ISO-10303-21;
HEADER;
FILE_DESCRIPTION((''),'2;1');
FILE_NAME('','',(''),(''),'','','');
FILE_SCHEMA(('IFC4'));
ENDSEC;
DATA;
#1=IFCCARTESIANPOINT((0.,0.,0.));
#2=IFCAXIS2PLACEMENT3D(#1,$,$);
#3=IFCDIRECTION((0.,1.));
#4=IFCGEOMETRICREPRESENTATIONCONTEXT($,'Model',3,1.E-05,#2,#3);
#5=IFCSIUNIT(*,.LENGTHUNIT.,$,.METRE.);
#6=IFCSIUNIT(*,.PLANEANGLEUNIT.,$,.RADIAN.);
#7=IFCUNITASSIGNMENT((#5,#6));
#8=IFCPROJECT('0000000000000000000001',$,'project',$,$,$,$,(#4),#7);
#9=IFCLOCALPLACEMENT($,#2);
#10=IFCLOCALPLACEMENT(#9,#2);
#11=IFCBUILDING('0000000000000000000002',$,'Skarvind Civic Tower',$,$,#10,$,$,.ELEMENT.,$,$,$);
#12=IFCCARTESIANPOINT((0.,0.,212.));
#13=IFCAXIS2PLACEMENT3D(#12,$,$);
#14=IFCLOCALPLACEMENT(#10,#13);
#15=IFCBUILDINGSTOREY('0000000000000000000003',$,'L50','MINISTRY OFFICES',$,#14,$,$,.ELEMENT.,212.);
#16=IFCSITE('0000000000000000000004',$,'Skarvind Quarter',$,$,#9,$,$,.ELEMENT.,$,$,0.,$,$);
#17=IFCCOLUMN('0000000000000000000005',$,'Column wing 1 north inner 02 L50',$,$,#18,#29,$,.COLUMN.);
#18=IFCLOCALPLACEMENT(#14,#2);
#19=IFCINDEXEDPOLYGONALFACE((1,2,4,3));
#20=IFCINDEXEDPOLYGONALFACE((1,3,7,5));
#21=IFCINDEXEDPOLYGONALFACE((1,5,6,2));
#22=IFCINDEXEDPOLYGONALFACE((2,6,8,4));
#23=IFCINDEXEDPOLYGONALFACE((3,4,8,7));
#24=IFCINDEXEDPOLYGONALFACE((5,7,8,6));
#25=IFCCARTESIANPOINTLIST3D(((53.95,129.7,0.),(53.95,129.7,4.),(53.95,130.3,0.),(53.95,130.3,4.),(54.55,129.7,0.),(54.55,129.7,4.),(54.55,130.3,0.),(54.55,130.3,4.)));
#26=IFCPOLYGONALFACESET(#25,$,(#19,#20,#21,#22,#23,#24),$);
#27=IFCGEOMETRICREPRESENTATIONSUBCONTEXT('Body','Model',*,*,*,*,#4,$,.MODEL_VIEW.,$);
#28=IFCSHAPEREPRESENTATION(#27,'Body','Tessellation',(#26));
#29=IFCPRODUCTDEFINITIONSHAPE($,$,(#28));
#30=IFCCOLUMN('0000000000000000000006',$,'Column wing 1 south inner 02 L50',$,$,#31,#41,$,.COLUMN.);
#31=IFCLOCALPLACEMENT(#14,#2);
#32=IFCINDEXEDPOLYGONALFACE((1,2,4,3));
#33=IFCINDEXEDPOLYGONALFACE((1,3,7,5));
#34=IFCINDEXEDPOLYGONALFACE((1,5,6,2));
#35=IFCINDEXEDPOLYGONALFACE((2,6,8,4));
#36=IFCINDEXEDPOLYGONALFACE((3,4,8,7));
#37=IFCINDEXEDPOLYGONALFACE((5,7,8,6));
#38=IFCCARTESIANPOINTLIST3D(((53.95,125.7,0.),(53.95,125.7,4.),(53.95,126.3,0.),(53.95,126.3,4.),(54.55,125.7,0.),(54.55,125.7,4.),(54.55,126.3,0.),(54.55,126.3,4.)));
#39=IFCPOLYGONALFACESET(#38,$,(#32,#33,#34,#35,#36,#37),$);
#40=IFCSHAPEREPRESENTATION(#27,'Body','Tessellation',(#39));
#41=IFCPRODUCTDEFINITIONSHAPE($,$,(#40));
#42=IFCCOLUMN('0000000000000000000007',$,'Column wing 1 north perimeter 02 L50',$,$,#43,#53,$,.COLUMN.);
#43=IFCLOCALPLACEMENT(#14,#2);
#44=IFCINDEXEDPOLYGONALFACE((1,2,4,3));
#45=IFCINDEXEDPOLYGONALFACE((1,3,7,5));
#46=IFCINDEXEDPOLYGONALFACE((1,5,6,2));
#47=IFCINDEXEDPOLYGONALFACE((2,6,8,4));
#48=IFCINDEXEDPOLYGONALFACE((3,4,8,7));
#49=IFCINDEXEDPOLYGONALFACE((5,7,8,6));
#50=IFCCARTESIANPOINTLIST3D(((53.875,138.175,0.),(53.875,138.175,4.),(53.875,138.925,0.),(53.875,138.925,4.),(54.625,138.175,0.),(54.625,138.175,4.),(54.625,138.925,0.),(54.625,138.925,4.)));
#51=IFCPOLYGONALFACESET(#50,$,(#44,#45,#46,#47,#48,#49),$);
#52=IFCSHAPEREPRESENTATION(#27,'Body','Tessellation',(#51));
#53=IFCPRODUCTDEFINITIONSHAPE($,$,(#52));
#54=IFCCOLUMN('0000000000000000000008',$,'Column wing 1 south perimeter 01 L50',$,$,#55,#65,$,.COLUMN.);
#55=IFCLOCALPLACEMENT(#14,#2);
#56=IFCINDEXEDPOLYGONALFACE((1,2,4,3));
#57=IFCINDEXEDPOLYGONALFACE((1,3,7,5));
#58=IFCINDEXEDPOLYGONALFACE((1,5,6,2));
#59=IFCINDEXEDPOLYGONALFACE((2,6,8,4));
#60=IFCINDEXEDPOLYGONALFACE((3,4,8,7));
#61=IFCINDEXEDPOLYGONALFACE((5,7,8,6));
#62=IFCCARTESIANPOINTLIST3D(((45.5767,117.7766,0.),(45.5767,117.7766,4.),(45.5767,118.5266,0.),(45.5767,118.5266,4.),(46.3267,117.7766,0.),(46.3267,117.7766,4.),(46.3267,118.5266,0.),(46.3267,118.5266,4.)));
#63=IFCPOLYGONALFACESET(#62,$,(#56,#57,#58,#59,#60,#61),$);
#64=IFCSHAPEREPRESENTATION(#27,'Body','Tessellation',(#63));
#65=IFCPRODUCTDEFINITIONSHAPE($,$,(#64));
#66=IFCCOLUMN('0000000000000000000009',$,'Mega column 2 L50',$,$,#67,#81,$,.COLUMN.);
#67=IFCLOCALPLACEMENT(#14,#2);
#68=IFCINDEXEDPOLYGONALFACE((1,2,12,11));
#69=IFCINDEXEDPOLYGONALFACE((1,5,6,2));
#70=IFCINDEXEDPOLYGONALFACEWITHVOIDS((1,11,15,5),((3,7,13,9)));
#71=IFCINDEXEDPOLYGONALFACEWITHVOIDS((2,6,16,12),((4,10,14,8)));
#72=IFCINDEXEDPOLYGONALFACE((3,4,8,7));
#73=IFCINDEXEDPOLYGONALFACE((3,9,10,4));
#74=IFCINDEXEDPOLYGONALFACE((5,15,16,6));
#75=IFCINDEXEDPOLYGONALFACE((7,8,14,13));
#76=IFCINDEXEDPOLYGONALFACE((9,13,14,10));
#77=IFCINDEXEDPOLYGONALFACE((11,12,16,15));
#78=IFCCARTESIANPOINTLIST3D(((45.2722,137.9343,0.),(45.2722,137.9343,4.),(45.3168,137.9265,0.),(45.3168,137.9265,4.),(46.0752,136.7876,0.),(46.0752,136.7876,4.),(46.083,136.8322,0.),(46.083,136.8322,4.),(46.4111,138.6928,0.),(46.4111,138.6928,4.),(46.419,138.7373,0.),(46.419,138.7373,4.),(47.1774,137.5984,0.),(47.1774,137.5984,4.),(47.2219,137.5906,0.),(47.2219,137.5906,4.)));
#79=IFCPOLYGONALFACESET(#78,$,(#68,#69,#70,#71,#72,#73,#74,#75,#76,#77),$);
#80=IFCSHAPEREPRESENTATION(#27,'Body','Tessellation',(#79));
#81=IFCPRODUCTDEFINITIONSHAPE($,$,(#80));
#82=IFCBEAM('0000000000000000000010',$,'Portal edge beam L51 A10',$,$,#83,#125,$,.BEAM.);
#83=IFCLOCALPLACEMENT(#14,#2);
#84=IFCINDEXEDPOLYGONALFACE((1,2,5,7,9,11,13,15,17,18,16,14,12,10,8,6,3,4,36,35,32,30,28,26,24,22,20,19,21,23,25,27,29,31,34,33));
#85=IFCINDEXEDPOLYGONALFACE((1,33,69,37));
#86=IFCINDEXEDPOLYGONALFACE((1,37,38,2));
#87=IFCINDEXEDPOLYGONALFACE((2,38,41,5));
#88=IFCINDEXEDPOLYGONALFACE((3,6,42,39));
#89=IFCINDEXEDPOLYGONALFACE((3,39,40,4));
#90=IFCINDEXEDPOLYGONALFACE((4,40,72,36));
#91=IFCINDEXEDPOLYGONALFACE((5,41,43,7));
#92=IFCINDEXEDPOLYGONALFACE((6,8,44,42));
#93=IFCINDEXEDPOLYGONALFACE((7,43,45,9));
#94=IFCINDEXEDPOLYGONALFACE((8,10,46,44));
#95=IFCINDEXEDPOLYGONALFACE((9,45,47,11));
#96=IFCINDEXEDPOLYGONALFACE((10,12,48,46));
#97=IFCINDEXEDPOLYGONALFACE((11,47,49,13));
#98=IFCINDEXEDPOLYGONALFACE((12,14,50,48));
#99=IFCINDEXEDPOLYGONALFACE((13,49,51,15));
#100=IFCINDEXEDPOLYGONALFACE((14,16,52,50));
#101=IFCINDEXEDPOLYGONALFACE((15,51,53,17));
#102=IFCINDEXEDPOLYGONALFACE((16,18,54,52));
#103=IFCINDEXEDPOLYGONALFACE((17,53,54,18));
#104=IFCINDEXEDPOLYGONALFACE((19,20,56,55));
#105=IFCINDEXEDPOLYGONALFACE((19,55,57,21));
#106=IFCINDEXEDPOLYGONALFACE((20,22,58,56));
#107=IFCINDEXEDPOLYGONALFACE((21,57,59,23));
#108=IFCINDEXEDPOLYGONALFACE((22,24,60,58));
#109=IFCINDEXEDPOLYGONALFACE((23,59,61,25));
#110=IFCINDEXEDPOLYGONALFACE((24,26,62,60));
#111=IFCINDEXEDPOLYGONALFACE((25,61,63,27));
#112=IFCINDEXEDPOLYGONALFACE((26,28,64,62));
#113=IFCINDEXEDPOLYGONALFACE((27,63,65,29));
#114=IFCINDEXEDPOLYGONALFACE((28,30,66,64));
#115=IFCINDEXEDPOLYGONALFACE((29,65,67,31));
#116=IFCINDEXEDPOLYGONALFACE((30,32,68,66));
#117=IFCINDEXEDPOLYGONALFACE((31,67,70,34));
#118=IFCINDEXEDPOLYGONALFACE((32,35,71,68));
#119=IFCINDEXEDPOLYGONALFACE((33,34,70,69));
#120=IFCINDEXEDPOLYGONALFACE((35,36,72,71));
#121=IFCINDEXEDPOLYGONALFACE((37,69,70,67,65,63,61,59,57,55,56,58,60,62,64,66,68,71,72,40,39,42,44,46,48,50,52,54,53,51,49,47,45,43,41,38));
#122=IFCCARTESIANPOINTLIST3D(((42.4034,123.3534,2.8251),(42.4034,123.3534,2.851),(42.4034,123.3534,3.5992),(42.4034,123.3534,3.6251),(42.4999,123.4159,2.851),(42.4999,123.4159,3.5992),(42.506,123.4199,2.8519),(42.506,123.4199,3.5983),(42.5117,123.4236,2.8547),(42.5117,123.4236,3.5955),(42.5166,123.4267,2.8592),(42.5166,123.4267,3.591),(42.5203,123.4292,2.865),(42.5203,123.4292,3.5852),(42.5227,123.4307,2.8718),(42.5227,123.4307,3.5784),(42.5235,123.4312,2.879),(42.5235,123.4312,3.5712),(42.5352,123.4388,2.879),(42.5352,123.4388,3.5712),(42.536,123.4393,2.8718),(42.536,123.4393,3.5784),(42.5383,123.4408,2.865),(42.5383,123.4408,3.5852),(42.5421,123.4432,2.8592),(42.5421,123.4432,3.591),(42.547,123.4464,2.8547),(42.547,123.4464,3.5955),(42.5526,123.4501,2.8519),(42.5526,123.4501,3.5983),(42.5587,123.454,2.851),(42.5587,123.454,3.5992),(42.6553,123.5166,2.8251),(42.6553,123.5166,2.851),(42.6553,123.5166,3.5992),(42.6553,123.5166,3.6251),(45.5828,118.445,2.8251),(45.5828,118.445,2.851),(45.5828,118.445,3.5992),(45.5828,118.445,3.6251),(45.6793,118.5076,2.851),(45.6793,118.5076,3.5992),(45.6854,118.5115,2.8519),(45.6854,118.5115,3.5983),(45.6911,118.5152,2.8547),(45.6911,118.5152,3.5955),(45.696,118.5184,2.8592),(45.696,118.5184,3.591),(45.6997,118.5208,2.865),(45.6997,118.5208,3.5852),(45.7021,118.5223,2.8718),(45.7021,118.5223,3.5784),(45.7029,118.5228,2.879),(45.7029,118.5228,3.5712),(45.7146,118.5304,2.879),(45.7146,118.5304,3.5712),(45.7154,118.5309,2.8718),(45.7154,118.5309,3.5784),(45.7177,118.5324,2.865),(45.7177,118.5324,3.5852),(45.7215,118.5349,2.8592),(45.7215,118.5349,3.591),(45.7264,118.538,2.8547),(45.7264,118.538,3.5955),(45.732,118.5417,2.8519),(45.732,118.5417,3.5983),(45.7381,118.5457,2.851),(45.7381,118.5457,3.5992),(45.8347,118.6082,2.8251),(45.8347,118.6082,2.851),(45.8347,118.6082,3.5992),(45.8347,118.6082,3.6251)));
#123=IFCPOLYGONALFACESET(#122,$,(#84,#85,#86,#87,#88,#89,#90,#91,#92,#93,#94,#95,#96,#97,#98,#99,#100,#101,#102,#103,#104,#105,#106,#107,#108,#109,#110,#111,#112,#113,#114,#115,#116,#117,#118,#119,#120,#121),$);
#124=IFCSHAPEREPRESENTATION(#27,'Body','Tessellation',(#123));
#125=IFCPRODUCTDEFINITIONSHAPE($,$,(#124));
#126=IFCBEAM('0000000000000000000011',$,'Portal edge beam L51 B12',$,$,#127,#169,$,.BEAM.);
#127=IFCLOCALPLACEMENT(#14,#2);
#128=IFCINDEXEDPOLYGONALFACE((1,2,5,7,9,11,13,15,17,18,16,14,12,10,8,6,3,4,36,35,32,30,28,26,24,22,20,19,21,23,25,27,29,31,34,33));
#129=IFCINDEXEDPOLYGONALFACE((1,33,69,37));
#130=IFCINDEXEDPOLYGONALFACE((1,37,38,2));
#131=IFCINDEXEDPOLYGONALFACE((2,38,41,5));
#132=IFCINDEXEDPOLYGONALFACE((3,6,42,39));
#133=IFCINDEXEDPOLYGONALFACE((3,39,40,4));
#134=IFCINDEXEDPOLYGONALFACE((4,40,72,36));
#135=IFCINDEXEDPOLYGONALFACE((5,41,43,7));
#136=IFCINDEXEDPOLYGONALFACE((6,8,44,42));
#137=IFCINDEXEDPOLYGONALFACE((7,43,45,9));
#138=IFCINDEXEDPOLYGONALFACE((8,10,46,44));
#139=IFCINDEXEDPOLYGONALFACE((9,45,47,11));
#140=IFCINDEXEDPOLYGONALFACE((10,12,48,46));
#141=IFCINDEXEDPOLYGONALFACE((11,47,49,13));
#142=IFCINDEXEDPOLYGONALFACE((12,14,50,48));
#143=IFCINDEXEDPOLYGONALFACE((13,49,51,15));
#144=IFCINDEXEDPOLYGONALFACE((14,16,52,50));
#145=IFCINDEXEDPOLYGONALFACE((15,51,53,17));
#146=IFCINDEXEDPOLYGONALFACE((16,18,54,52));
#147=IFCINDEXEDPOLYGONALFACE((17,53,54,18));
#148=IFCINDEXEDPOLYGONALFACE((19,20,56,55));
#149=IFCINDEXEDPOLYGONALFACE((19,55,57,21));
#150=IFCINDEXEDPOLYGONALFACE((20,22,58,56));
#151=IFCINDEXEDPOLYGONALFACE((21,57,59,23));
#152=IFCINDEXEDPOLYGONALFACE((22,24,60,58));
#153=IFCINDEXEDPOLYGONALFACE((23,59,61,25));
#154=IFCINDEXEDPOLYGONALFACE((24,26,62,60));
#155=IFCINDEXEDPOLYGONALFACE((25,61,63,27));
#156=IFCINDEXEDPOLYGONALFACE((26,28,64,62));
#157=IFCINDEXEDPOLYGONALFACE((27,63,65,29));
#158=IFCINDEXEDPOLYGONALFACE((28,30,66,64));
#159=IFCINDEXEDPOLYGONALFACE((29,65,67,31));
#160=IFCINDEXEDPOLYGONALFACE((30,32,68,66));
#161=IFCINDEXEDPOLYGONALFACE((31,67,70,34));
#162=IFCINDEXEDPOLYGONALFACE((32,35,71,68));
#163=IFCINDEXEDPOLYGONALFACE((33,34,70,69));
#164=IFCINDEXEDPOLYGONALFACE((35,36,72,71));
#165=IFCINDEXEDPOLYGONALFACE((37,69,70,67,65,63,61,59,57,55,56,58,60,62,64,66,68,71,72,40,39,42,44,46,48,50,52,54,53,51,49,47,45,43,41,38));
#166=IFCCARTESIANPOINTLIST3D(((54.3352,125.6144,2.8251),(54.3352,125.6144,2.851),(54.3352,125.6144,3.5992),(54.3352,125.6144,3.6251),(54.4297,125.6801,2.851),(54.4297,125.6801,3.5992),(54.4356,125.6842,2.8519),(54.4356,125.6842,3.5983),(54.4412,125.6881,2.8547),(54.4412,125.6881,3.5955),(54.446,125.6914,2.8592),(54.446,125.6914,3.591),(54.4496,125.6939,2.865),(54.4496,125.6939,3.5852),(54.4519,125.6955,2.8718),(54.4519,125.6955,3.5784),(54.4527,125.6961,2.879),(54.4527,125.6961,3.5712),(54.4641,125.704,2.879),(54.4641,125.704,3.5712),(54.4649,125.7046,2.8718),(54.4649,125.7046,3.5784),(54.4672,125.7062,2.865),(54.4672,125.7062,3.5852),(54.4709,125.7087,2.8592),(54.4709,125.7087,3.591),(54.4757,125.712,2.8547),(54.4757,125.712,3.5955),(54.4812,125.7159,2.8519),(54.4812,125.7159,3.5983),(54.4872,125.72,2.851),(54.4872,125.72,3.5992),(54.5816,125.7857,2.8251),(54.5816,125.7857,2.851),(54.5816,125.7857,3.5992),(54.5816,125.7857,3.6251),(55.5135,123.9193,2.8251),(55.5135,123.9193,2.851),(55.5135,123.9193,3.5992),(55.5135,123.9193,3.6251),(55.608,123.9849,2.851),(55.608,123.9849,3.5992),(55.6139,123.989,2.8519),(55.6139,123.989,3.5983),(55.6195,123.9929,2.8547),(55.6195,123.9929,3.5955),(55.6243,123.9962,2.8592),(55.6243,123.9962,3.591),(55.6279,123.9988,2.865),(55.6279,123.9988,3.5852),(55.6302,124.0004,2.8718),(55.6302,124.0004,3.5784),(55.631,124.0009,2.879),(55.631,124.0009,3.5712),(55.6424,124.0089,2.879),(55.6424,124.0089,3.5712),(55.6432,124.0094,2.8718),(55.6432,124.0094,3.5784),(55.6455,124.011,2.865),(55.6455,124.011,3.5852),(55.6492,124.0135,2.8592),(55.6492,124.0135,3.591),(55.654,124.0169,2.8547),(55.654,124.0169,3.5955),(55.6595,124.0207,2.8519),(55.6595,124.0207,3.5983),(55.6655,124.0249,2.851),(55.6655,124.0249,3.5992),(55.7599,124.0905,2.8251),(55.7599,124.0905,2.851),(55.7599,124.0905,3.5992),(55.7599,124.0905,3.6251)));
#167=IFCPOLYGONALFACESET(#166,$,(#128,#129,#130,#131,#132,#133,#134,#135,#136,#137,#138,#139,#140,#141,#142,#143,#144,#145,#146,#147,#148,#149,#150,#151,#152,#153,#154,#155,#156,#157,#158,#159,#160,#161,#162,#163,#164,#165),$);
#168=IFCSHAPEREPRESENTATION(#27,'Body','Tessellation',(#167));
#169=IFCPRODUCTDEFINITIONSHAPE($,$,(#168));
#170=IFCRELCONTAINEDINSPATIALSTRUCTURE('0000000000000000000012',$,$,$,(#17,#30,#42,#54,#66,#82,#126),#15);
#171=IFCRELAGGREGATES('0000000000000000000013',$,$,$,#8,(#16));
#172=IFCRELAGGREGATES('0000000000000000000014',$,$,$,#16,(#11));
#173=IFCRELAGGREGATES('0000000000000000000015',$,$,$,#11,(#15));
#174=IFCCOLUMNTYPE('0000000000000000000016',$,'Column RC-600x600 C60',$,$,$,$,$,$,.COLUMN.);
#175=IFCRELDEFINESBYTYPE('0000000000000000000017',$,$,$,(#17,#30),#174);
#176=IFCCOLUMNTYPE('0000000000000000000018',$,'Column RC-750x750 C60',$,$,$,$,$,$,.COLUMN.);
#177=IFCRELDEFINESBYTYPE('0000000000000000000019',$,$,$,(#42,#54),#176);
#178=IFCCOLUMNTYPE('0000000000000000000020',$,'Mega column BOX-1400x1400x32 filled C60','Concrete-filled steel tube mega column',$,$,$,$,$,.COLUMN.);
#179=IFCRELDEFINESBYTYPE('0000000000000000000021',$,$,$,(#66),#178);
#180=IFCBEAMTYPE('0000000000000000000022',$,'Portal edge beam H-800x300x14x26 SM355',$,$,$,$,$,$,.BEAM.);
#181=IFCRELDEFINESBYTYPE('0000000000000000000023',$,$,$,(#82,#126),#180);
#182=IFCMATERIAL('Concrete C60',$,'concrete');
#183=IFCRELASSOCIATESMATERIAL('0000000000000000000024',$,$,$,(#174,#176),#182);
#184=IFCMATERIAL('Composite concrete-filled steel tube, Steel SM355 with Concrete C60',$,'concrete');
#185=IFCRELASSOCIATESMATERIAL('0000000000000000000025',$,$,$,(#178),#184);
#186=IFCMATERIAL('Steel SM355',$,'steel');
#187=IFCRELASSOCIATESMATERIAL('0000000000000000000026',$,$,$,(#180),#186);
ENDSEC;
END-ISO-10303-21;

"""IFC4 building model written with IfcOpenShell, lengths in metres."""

from ifc_helpers import new_model, si_unit, direction, frame, origin, origin_2d, place, context, subcontext, project, spatial, rectangle, hollow_rectangle, i_section, extrude, material, material_profile, profile_set, type_object, element, save


model = new_model("IFC4")

# Units and contexts
model_context = context("Model", 3, precision=1e-05, world=origin(), true_north=direction((0.0, 1.0)))
body_context = subcontext(model_context, "Body", "Model", "MODEL_VIEW")
ifc_project = project(units=[si_unit("LENGTHUNIT", "METRE"), si_unit("PLANEANGLEUNIT", "RADIAN")], contexts=[model_context])

# Site, building, storey
site_placement = place(None, origin())
site = spatial("IfcSite", under=ifc_project, at=site_placement, Name="Skarvind Quarter", CompositionType="ELEMENT", RefElevation=0.0)
building_placement = place(site_placement, origin())
building = spatial("IfcBuilding", under=site, at=building_placement, Name="Skarvind Civic Tower", CompositionType="ELEMENT")
storey_placement = place(building_placement, frame((0.0, 0.0, 212.0)))
storey = spatial("IfcBuildingStorey", under=building, at=storey_placement, Name="L50", Description="MINISTRY OFFICES", CompositionType="ELEMENT", Elevation=212.0)

# Columns
ifc_material_1 = material(Name="Concrete C60", Category="concrete")
ifc_material_profile_1 = material_profile(ifc_material_1, rectangle(XDim=0.6001, YDim=0.6001, at=origin_2d()), Name="RC-600x600")
ifc_profile_set_1 = profile_set([ifc_material_profile_1], Name="Concrete C60")
column_type_1 = type_object("IfcColumnType", Name="Column RC-600x600 C60", PredefinedType="COLUMN", material=ifc_profile_set_1)
for number, where, z_axis, x_axis, name in (
    (1, (54.25, 130.0, 0.0), (0.0, 0.0, 1.0), (1.0, 0.0, 0.0), "Column wing 1 north inner 02 L50"),
    (2, (54.25, 126.0, 0.0), (0.0, 0.0, 1.0), (1.0, 0.0, 0.0), "Column wing 1 south inner 02 L50"),
):
    element("IfcColumn", number, at=place(storey_placement, frame(where, z_axis=z_axis, x_axis=x_axis)), inside=storey, type_object=column_type_1, Name=name, PredefinedType="COLUMN", context=body_context, shape_type="SweptSolid", body=[
        extrude(rectangle(XDim=0.6001, YDim=0.6001, at=origin_2d()), origin(), (0.0, 0.0, 1.0), 4.0),
    ])
ifc_material_profile_2 = material_profile(ifc_material_1, rectangle(XDim=0.75, YDim=0.75, at=origin_2d()), Name="RC-750x750")
ifc_profile_set_2 = profile_set([ifc_material_profile_2], Name="Concrete C60")
column_type_2 = type_object("IfcColumnType", Name="Column RC-750x750 C60", PredefinedType="COLUMN", material=ifc_profile_set_2)
for number, where, z_axis, x_axis, name in (
    (3, (54.25, 138.55, 0.0), (0.0, 0.0, 1.0), (1.0, 0.0, 0.0), "Column wing 1 north perimeter 02 L50"),
    (4, (45.9517, 118.1516, 0.0), (0.0, 0.0, 1.0), (1.0, 0.0, 0.0), "Column wing 1 south perimeter 01 L50"),
):
    element("IfcColumn", number, at=place(storey_placement, frame(where, z_axis=z_axis, x_axis=x_axis)), inside=storey, type_object=column_type_2, Name=name, PredefinedType="COLUMN", context=body_context, shape_type="SweptSolid", body=[
        extrude(rectangle(XDim=0.75, YDim=0.75, at=origin_2d()), origin(), (0.0, 0.0, 1.0), 4.0),
    ])
ifc_material_2 = material(Name="Composite concrete-filled steel tube, Steel SM355 with Concrete C60", Category="concrete")
ifc_material_profile_3 = material_profile(ifc_material_2, hollow_rectangle(XDim=1.3999, YDim=1.3999, WallThickness=0.032, at=origin_2d()), Name="BOX-1400x1400x32")
ifc_profile_set_3 = profile_set([ifc_material_profile_3], Name="Composite concrete-filled steel tube, Steel SM355 with Concrete C60")
column_type_3 = type_object("IfcColumnType", Name="Mega column BOX-1400x1400x32 filled C60", Description="Concrete-filled steel tube mega column", PredefinedType="COLUMN", material=ifc_profile_set_3)
column_placement = place(storey_placement, frame((46.2471, 137.7625, 0.0), z_axis=(0.0, 0.0, 1.0), x_axis=(0.573576, -0.819152, 0.0)))
element("IfcColumn", 5, at=column_placement, inside=storey, type_object=column_type_3, Name="Mega column 2 L50", PredefinedType="COLUMN", context=body_context, shape_type="SweptSolid", body=[
    extrude(hollow_rectangle(XDim=1.3999, YDim=1.3999, WallThickness=0.032, at=origin_2d()), origin(), (0.0, 0.0, 1.0), 4.0),
])

# Beams
ifc_material_3 = material(Name="Steel SM355", Category="steel")
ifc_material_profile_4 = material_profile(ifc_material_3, i_section(OverallWidth=0.3, OverallDepth=0.8, WebThickness=0.0139, FlangeThickness=0.0259, FilletRadius=0.0281, at=origin_2d()), Name="H-800x300x14x26")
ifc_profile_set_4 = profile_set([ifc_material_profile_4], Name="Steel SM355")
beam_type_1 = type_object("IfcBeamType", Name="Portal edge beam H-800x300x14x26 SM355", PredefinedType="BEAM", material=ifc_profile_set_4)
beam_1_placement = place(storey_placement, frame((45.7087, 118.5266, 3.2251), z_axis=(-0.54366, 0.839306, 0.0), x_axis=(-0.839306, -0.54366, 0.0)))
element("IfcBeam", 6, at=beam_1_placement, inside=storey, type_object=beam_type_1, Name="Portal edge beam L51 A10", PredefinedType="BEAM", context=body_context, shape_type="SweptSolid", body=[
    extrude(i_section(OverallWidth=0.3, OverallDepth=0.8, WebThickness=0.0139, FlangeThickness=0.0259, FilletRadius=0.0281, at=origin_2d()), origin(), (0.0, 0.0, 1.0), 5.8481),
])
beam_2_placement = place(storey_placement, frame((55.6367, 124.0049, 3.2251), z_axis=(-0.570753, 0.821122, 0.0), x_axis=(-0.821122, -0.570753, 0.0)))
element("IfcBeam", 7, at=beam_2_placement, inside=storey, type_object=beam_type_1, Name="Portal edge beam L51 B12", PredefinedType="BEAM", context=body_context, shape_type="SweptSolid", body=[
    extrude(i_section(OverallWidth=0.3, OverallDepth=0.8, WebThickness=0.0139, FlangeThickness=0.0259, FilletRadius=0.0281, at=origin_2d()), origin(), (0.0, 0.0, 1.0), 2.0645),
])

save(model, "model.ifc")
